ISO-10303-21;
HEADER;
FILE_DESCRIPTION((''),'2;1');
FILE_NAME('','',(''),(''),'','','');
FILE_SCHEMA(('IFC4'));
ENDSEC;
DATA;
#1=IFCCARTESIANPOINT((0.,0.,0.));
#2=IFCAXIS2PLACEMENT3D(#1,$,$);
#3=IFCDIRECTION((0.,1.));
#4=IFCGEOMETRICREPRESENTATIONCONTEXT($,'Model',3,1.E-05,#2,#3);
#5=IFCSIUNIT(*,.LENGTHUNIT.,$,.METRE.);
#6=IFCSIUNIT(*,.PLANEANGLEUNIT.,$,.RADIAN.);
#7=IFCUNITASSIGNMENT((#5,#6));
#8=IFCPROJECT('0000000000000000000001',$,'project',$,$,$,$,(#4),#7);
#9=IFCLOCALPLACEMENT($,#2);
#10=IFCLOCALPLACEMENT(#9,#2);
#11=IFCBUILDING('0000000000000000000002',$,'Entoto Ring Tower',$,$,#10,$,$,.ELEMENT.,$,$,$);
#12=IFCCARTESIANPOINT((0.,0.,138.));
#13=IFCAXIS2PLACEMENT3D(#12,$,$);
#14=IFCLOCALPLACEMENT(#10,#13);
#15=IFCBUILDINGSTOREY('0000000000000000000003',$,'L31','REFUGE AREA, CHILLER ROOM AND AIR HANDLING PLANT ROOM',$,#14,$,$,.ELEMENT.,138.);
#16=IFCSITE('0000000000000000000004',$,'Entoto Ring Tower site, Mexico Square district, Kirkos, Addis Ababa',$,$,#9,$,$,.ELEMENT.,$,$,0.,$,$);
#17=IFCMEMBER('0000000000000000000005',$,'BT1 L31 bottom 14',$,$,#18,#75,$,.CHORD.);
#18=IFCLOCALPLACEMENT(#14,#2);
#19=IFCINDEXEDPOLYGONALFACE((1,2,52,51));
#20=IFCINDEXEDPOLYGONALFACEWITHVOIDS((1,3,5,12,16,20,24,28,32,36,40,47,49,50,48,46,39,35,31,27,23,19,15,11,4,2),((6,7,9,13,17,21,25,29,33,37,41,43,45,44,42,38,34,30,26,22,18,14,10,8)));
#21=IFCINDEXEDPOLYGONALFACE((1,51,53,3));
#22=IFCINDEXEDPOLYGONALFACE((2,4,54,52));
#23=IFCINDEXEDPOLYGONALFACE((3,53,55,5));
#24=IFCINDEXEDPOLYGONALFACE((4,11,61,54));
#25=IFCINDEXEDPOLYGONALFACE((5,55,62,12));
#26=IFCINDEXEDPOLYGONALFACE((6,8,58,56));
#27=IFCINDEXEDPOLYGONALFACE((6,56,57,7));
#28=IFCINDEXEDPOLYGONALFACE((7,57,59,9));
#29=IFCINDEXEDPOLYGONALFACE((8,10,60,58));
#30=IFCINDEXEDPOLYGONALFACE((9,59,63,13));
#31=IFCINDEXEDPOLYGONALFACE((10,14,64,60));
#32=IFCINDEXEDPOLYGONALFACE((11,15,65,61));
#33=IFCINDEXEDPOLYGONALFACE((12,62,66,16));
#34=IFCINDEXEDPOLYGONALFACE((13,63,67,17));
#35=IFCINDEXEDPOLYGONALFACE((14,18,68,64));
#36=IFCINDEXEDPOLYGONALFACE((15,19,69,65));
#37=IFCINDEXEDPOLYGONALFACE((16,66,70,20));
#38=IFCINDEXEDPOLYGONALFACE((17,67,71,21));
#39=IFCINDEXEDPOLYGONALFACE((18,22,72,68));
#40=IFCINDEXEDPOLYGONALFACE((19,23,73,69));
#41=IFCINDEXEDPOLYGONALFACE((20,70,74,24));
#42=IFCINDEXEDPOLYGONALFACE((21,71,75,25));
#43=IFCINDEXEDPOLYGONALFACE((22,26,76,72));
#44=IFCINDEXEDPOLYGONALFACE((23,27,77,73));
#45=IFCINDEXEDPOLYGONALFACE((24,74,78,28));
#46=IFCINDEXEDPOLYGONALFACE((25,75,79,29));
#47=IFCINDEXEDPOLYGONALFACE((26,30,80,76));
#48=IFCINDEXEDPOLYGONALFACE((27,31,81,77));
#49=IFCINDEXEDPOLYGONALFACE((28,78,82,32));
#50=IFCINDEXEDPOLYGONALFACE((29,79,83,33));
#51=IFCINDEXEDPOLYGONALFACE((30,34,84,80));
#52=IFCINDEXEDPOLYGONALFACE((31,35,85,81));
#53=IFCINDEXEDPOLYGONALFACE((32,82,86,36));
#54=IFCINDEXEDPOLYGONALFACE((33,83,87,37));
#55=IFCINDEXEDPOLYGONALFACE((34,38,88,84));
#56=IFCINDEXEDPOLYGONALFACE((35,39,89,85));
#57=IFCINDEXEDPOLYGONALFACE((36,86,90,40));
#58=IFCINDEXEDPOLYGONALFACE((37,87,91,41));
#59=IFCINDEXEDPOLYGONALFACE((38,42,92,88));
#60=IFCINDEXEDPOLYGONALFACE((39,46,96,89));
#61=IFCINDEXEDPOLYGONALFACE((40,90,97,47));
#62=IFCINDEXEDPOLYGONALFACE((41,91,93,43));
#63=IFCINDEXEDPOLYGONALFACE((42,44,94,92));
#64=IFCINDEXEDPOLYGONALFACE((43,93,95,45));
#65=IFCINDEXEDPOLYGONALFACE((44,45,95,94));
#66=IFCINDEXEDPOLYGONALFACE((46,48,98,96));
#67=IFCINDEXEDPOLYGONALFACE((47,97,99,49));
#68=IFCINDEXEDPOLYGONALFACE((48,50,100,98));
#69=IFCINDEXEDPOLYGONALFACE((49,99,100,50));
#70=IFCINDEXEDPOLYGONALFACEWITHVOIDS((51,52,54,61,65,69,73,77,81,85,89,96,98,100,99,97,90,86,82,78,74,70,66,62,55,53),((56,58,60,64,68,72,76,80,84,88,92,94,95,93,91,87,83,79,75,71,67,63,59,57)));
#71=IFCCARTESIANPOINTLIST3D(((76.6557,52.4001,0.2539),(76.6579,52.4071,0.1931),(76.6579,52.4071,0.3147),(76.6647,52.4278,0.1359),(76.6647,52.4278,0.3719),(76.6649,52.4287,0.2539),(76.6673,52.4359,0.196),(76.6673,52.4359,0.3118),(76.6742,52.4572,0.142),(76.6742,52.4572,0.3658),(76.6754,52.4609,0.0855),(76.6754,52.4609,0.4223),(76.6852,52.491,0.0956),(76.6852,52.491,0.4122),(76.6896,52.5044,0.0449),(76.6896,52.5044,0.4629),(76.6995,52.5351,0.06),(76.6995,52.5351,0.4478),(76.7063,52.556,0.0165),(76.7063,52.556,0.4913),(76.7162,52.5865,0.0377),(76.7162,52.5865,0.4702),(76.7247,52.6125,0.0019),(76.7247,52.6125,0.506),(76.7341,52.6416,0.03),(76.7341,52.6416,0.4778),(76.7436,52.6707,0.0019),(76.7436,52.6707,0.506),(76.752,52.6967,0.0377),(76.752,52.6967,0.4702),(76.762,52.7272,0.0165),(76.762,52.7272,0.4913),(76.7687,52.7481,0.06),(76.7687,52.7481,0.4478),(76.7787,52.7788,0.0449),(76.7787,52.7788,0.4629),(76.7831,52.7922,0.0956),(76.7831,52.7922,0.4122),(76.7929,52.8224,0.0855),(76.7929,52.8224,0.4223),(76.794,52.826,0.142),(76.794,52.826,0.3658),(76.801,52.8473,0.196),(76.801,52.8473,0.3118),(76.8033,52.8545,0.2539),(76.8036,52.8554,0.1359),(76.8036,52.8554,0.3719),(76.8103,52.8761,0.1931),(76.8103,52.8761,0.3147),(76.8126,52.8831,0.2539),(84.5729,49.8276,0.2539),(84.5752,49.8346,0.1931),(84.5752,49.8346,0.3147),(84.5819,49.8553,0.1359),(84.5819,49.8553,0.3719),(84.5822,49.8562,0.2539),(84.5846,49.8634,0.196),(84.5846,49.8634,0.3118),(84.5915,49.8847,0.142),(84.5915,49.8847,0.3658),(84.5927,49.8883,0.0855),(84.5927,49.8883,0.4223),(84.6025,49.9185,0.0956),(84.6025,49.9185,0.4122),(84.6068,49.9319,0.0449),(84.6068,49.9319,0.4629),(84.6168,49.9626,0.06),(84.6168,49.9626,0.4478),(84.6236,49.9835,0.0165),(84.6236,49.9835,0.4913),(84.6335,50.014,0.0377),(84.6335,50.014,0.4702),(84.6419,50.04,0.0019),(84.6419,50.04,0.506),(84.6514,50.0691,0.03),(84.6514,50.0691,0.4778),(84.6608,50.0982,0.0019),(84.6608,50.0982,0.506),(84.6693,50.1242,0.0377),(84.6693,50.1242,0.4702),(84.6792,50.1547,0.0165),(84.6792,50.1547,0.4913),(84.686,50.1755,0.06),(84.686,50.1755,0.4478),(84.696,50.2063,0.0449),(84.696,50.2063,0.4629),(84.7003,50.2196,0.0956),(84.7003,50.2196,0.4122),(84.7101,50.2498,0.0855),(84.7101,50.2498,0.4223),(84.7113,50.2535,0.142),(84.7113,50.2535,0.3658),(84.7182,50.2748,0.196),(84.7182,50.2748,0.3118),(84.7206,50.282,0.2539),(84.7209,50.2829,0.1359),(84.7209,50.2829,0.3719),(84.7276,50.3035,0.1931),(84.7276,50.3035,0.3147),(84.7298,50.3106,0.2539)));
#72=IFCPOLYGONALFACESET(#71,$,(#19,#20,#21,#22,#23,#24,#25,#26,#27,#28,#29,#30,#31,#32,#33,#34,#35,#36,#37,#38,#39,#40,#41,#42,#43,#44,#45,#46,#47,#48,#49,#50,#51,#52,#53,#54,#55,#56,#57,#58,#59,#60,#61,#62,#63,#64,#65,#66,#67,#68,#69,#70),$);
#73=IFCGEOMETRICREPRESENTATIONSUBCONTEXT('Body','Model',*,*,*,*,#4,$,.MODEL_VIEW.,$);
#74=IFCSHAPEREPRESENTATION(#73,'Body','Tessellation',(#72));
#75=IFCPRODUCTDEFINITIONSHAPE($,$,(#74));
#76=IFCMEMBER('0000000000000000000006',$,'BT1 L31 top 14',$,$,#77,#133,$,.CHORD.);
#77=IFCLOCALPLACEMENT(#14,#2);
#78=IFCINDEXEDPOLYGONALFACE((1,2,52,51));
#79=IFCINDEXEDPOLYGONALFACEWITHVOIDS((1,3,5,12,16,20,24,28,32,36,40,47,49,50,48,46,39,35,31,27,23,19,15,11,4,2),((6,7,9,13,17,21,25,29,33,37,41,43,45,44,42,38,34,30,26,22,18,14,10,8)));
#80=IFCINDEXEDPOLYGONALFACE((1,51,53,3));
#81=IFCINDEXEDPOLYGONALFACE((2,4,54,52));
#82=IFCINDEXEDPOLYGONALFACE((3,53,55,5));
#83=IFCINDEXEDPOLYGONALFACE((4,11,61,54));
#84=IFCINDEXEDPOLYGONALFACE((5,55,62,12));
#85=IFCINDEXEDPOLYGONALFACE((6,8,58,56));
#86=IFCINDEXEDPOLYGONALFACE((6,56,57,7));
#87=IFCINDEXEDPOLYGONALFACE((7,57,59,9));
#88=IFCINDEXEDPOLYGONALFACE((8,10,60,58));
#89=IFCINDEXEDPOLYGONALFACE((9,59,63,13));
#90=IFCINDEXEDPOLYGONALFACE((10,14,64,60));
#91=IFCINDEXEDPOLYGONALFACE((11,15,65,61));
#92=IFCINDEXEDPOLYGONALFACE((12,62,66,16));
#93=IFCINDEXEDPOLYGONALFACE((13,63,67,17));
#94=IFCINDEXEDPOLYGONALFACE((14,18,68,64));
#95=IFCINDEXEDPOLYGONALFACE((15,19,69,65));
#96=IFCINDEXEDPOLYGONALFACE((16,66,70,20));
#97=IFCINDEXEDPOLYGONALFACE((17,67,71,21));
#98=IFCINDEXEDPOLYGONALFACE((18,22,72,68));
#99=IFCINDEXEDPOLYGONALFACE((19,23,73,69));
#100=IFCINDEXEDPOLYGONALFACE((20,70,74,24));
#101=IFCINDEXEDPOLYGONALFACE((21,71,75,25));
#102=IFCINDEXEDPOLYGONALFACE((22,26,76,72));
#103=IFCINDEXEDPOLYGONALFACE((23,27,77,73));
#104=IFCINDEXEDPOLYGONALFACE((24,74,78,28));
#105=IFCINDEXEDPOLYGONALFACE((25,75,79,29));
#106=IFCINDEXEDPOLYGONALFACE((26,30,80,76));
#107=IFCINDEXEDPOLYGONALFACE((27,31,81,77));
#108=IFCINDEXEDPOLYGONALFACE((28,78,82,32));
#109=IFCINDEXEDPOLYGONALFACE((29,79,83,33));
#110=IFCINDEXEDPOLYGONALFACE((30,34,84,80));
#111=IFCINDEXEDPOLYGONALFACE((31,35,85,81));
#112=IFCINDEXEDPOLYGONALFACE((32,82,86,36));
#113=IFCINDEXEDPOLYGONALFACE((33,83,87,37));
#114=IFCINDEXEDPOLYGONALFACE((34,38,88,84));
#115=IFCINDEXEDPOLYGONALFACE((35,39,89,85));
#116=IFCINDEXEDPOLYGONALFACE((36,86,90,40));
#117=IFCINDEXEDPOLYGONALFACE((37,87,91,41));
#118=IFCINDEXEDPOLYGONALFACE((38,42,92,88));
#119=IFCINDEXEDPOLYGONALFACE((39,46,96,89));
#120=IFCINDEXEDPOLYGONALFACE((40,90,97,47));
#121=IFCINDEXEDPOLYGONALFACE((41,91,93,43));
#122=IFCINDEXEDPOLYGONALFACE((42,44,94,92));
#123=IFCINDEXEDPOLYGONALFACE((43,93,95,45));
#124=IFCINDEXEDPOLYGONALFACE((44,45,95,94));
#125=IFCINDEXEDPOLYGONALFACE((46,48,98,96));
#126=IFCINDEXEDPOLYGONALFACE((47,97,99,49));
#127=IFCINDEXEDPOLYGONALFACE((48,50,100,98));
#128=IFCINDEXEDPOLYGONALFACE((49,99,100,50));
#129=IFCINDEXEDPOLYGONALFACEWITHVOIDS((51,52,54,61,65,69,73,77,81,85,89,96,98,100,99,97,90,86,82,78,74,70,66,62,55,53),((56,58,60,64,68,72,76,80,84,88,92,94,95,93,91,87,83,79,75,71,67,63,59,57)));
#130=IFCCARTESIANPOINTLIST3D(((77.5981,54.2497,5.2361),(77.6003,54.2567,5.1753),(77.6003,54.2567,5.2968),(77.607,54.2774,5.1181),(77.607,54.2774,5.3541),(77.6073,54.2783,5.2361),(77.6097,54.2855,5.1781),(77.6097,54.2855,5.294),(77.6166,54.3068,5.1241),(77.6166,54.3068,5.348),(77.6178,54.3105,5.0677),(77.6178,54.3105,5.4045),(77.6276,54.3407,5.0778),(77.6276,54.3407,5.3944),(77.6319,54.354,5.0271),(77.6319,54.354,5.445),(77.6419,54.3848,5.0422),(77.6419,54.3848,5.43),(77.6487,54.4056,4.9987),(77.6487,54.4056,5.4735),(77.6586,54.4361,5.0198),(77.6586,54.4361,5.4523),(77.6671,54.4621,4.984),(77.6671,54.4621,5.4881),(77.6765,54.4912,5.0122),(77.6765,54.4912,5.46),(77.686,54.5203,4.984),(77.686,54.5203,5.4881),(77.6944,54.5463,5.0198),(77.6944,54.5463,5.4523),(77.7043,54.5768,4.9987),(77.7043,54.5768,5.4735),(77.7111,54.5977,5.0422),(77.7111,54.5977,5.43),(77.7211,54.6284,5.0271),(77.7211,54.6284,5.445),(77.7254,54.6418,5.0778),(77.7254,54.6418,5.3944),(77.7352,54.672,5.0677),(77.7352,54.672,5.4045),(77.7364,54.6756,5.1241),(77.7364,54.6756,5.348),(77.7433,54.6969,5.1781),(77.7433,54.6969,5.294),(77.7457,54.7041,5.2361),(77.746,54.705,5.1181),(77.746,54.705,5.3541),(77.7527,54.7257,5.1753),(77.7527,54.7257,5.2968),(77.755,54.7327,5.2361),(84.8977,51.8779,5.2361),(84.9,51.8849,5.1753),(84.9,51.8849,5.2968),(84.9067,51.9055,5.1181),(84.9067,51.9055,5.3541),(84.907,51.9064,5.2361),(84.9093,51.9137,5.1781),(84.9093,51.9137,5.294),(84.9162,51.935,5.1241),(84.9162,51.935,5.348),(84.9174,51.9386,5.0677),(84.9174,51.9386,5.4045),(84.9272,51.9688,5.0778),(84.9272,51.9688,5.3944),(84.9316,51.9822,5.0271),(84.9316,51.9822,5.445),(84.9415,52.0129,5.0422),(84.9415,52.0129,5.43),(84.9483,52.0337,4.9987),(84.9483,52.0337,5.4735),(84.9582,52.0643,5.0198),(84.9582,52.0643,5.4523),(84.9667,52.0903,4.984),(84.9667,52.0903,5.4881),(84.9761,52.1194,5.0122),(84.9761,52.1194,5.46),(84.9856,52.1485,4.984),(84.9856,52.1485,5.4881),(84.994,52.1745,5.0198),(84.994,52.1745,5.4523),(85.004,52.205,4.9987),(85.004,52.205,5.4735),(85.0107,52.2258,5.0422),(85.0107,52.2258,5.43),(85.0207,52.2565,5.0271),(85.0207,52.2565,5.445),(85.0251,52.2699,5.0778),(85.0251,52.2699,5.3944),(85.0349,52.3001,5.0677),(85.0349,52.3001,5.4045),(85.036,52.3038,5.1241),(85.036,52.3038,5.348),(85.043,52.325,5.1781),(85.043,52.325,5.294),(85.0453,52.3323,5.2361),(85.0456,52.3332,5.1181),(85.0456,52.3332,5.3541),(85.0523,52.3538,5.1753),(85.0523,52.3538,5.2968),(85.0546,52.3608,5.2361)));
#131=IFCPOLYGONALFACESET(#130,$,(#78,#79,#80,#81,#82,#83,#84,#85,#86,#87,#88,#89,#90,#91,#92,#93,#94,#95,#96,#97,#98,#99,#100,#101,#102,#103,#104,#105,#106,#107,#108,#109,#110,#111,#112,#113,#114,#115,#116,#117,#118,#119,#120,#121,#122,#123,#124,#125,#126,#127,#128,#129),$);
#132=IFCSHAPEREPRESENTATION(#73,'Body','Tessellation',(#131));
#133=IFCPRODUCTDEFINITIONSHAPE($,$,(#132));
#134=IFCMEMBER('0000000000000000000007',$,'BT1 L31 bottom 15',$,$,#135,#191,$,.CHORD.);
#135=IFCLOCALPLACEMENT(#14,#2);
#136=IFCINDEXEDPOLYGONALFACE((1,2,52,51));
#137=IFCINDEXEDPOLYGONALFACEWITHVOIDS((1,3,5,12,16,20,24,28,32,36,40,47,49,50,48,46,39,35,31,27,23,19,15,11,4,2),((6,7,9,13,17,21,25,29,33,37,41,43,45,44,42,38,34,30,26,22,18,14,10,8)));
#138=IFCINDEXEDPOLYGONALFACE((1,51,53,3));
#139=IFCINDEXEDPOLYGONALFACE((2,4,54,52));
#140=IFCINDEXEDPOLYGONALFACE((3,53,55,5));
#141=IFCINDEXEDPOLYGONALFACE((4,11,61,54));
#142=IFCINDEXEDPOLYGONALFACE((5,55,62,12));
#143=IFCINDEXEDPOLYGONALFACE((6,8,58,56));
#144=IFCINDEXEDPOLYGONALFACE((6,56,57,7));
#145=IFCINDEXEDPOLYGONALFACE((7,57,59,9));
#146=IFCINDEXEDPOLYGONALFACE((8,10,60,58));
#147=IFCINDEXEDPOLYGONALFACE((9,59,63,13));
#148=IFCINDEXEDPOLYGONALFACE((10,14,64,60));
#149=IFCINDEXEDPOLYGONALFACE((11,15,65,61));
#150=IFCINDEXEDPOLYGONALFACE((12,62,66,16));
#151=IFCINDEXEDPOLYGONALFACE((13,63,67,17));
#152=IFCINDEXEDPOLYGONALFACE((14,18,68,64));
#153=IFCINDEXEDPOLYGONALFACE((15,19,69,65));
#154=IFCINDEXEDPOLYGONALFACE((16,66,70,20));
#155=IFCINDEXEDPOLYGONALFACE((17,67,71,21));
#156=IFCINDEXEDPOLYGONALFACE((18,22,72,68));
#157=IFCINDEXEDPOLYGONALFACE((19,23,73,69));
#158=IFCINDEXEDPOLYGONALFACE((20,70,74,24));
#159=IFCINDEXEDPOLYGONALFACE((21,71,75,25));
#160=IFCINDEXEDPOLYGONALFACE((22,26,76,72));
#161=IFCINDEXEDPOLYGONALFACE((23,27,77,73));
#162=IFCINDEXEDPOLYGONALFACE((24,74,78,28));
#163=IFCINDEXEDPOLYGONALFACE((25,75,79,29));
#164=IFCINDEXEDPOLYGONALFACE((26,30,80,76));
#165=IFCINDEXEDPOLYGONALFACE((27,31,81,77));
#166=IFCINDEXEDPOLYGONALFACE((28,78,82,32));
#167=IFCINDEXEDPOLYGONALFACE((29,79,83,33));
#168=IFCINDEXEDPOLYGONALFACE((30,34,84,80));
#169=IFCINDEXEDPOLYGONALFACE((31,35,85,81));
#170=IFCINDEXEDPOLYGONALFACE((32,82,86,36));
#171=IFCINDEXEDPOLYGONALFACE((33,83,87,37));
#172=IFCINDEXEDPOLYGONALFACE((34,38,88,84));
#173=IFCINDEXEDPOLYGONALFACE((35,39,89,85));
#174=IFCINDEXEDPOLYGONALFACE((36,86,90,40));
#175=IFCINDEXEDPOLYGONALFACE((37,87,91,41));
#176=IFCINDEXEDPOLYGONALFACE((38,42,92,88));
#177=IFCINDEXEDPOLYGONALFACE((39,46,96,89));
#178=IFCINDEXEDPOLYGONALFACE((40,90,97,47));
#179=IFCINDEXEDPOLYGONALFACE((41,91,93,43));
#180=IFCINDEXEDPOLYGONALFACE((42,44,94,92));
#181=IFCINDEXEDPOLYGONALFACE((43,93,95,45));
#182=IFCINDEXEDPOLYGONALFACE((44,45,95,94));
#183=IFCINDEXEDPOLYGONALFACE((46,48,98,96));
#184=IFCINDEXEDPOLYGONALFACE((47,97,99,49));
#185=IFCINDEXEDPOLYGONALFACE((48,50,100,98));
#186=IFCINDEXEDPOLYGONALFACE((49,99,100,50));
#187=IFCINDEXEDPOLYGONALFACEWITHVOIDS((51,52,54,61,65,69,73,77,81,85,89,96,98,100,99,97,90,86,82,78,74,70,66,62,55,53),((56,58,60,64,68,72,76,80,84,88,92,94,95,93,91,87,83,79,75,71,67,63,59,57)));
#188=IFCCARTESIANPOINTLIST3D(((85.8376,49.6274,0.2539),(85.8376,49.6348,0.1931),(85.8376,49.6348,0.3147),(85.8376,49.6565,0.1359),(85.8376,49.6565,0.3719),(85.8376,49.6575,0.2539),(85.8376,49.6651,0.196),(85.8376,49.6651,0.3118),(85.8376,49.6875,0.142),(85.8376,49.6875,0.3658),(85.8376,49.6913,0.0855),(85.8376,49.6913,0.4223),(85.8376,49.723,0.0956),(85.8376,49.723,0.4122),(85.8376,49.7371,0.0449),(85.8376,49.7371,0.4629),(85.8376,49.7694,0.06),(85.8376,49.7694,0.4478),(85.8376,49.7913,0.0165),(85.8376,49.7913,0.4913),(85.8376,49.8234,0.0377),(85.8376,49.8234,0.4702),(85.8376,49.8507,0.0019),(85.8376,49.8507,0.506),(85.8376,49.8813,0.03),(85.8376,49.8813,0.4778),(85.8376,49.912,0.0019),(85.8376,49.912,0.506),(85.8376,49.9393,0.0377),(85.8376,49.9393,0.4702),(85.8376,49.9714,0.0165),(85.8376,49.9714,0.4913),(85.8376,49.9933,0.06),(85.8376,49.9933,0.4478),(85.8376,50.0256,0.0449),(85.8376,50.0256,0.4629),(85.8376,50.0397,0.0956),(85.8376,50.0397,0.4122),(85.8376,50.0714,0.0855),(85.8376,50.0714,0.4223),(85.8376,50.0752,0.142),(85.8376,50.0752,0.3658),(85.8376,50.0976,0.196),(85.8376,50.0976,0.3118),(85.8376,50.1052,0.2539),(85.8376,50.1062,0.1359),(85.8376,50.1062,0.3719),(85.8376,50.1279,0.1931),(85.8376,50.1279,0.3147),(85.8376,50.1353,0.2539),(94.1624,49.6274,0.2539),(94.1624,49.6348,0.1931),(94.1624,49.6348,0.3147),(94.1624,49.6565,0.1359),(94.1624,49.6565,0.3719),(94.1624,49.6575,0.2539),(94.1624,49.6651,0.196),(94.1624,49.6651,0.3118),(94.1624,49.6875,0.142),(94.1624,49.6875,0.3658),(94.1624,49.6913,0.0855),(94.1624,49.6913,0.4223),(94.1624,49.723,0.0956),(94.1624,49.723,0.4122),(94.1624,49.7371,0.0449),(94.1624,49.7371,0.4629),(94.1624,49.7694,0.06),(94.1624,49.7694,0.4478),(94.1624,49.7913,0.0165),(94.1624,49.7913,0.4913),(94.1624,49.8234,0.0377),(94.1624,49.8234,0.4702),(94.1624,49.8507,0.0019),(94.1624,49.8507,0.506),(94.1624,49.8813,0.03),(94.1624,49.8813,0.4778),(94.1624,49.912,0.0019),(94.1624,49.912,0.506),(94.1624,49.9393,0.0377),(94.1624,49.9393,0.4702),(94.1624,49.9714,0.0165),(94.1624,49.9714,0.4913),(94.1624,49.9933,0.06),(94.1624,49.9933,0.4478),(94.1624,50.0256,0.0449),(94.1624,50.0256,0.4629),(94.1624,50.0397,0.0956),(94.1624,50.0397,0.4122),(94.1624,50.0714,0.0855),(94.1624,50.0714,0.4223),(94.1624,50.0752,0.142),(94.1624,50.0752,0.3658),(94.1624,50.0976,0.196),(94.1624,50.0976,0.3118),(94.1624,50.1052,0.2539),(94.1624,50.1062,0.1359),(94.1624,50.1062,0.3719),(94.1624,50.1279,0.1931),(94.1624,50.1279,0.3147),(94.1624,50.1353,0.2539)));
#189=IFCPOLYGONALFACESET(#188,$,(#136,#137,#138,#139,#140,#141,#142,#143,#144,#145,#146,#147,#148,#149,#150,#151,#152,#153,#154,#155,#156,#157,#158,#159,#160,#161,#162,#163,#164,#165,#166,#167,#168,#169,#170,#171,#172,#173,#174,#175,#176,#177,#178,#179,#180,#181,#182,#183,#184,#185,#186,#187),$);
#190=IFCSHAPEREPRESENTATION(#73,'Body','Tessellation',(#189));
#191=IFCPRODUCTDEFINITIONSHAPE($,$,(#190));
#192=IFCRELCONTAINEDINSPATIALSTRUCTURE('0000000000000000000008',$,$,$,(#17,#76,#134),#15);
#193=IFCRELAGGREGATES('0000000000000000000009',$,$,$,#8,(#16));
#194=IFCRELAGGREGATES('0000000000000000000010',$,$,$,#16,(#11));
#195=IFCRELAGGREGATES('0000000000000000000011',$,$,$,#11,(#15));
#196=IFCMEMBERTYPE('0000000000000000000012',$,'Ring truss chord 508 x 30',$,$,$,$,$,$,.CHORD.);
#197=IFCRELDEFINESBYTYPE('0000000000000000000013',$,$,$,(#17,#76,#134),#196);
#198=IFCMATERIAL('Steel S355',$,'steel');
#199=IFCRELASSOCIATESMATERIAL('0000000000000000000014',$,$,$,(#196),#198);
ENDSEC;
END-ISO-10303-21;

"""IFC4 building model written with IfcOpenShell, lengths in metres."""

from ifc_helpers import new_model, si_unit, direction, frame, origin, origin_2d, place, context, subcontext, project, spatial, circle, hollow_circle, extrude, material, material_profile, profile_set, type_object, element, save


model = new_model("IFC4")

# Units and contexts
model_context = context("Model", 3, precision=1e-05, world=origin(), true_north=direction((0.0, 1.0)))
body_context = subcontext(model_context, "Body", "Model", "MODEL_VIEW")
ifc_project = project(units=[si_unit("LENGTHUNIT", "METRE"), si_unit("PLANEANGLEUNIT", "RADIAN")], contexts=[model_context])

# Site, building, storey
site_placement = place(None, origin())
site = spatial("IfcSite", under=ifc_project, at=site_placement, Name="Entoto Ring Tower site, Mexico Square district, Kirkos, Addis Ababa", CompositionType="ELEMENT", RefElevation=0.0)
building_placement = place(site_placement, origin())
building = spatial("IfcBuilding", under=site, at=building_placement, Name="Entoto Ring Tower", CompositionType="ELEMENT")
storey_placement = place(building_placement, frame((0.0, 0.0, 138.0)))
storey = spatial("IfcBuildingStorey", under=building, at=storey_placement, Name="L31", Description="REFUGE AREA, CHILLER ROOM AND AIR HANDLING PLANT ROOM", CompositionType="ELEMENT", Elevation=138.0)

# Members
ifc_material_1 = material(Name="Steel S355", Category="steel")
ifc_material_profile_1 = material_profile(ifc_material_1, hollow_circle(Radius=0.2539, WallThickness=0.03, at=origin_2d()), Name="CHS 508 x 30")
ifc_material_2 = material(Name="Concrete C60/75", Category="concrete")
ifc_material_profile_2 = material_profile(ifc_material_2, circle(Radius=0.2241, at=origin_2d()), Name="Concrete C60/75 infill")
ifc_profile_set_1 = profile_set([ifc_material_profile_1, ifc_material_profile_2], Name="Steel S355")
member_type_1 = type_object("IfcMemberType", Name="Ring truss chord 508 x 30", PredefinedType="CHORD", material=ifc_profile_set_1)
member_1_placement = place(storey_placement, frame((76.7341, 52.6416, 0.2539), z_axis=(0.951055, -0.309022, 0.0), x_axis=(0.309022, 0.951055, 0.0)))
element("IfcMember", 1, at=member_1_placement, inside=storey, type_object=member_type_1, Name="BT1 L31 bottom 14", PredefinedType="CHORD", context=body_context, shape_type="SweptSolid", body=[
    extrude(hollow_circle(Radius=0.2539, WallThickness=0.03, at=origin_2d()), origin(), (0.0, 0.0, 1.0), 8.3247),
])
member_2_placement = place(storey_placement, frame((77.6765, 54.4912, 5.2361), z_axis=(0.951054, -0.309023, 0.0), x_axis=(0.309023, 0.951054, 0.0)))
element("IfcMember", 2, at=member_2_placement, inside=storey, type_object=member_type_1, Name="BT1 L31 top 14", PredefinedType="CHORD", context=body_context, shape_type="SweptSolid", body=[
    extrude(hollow_circle(Radius=0.2539, WallThickness=0.03, at=origin_2d()), origin(), (0.0, 0.0, 1.0), 7.6753),
])
member_3_placement = place(storey_placement, frame((85.8376, 49.8813, 0.2539), z_axis=(1.0, 0.0, 0.0), x_axis=(0.0, 1.0, 0.0)))
element("IfcMember", 3, at=member_3_placement, inside=storey, type_object=member_type_1, Name="BT1 L31 bottom 15", PredefinedType="CHORD", context=body_context, shape_type="SweptSolid", body=[
    extrude(hollow_circle(Radius=0.2539, WallThickness=0.03, at=origin_2d()), origin(), (0.0, 0.0, 1.0), 8.3247),
])

save(model, "model.ifc")
